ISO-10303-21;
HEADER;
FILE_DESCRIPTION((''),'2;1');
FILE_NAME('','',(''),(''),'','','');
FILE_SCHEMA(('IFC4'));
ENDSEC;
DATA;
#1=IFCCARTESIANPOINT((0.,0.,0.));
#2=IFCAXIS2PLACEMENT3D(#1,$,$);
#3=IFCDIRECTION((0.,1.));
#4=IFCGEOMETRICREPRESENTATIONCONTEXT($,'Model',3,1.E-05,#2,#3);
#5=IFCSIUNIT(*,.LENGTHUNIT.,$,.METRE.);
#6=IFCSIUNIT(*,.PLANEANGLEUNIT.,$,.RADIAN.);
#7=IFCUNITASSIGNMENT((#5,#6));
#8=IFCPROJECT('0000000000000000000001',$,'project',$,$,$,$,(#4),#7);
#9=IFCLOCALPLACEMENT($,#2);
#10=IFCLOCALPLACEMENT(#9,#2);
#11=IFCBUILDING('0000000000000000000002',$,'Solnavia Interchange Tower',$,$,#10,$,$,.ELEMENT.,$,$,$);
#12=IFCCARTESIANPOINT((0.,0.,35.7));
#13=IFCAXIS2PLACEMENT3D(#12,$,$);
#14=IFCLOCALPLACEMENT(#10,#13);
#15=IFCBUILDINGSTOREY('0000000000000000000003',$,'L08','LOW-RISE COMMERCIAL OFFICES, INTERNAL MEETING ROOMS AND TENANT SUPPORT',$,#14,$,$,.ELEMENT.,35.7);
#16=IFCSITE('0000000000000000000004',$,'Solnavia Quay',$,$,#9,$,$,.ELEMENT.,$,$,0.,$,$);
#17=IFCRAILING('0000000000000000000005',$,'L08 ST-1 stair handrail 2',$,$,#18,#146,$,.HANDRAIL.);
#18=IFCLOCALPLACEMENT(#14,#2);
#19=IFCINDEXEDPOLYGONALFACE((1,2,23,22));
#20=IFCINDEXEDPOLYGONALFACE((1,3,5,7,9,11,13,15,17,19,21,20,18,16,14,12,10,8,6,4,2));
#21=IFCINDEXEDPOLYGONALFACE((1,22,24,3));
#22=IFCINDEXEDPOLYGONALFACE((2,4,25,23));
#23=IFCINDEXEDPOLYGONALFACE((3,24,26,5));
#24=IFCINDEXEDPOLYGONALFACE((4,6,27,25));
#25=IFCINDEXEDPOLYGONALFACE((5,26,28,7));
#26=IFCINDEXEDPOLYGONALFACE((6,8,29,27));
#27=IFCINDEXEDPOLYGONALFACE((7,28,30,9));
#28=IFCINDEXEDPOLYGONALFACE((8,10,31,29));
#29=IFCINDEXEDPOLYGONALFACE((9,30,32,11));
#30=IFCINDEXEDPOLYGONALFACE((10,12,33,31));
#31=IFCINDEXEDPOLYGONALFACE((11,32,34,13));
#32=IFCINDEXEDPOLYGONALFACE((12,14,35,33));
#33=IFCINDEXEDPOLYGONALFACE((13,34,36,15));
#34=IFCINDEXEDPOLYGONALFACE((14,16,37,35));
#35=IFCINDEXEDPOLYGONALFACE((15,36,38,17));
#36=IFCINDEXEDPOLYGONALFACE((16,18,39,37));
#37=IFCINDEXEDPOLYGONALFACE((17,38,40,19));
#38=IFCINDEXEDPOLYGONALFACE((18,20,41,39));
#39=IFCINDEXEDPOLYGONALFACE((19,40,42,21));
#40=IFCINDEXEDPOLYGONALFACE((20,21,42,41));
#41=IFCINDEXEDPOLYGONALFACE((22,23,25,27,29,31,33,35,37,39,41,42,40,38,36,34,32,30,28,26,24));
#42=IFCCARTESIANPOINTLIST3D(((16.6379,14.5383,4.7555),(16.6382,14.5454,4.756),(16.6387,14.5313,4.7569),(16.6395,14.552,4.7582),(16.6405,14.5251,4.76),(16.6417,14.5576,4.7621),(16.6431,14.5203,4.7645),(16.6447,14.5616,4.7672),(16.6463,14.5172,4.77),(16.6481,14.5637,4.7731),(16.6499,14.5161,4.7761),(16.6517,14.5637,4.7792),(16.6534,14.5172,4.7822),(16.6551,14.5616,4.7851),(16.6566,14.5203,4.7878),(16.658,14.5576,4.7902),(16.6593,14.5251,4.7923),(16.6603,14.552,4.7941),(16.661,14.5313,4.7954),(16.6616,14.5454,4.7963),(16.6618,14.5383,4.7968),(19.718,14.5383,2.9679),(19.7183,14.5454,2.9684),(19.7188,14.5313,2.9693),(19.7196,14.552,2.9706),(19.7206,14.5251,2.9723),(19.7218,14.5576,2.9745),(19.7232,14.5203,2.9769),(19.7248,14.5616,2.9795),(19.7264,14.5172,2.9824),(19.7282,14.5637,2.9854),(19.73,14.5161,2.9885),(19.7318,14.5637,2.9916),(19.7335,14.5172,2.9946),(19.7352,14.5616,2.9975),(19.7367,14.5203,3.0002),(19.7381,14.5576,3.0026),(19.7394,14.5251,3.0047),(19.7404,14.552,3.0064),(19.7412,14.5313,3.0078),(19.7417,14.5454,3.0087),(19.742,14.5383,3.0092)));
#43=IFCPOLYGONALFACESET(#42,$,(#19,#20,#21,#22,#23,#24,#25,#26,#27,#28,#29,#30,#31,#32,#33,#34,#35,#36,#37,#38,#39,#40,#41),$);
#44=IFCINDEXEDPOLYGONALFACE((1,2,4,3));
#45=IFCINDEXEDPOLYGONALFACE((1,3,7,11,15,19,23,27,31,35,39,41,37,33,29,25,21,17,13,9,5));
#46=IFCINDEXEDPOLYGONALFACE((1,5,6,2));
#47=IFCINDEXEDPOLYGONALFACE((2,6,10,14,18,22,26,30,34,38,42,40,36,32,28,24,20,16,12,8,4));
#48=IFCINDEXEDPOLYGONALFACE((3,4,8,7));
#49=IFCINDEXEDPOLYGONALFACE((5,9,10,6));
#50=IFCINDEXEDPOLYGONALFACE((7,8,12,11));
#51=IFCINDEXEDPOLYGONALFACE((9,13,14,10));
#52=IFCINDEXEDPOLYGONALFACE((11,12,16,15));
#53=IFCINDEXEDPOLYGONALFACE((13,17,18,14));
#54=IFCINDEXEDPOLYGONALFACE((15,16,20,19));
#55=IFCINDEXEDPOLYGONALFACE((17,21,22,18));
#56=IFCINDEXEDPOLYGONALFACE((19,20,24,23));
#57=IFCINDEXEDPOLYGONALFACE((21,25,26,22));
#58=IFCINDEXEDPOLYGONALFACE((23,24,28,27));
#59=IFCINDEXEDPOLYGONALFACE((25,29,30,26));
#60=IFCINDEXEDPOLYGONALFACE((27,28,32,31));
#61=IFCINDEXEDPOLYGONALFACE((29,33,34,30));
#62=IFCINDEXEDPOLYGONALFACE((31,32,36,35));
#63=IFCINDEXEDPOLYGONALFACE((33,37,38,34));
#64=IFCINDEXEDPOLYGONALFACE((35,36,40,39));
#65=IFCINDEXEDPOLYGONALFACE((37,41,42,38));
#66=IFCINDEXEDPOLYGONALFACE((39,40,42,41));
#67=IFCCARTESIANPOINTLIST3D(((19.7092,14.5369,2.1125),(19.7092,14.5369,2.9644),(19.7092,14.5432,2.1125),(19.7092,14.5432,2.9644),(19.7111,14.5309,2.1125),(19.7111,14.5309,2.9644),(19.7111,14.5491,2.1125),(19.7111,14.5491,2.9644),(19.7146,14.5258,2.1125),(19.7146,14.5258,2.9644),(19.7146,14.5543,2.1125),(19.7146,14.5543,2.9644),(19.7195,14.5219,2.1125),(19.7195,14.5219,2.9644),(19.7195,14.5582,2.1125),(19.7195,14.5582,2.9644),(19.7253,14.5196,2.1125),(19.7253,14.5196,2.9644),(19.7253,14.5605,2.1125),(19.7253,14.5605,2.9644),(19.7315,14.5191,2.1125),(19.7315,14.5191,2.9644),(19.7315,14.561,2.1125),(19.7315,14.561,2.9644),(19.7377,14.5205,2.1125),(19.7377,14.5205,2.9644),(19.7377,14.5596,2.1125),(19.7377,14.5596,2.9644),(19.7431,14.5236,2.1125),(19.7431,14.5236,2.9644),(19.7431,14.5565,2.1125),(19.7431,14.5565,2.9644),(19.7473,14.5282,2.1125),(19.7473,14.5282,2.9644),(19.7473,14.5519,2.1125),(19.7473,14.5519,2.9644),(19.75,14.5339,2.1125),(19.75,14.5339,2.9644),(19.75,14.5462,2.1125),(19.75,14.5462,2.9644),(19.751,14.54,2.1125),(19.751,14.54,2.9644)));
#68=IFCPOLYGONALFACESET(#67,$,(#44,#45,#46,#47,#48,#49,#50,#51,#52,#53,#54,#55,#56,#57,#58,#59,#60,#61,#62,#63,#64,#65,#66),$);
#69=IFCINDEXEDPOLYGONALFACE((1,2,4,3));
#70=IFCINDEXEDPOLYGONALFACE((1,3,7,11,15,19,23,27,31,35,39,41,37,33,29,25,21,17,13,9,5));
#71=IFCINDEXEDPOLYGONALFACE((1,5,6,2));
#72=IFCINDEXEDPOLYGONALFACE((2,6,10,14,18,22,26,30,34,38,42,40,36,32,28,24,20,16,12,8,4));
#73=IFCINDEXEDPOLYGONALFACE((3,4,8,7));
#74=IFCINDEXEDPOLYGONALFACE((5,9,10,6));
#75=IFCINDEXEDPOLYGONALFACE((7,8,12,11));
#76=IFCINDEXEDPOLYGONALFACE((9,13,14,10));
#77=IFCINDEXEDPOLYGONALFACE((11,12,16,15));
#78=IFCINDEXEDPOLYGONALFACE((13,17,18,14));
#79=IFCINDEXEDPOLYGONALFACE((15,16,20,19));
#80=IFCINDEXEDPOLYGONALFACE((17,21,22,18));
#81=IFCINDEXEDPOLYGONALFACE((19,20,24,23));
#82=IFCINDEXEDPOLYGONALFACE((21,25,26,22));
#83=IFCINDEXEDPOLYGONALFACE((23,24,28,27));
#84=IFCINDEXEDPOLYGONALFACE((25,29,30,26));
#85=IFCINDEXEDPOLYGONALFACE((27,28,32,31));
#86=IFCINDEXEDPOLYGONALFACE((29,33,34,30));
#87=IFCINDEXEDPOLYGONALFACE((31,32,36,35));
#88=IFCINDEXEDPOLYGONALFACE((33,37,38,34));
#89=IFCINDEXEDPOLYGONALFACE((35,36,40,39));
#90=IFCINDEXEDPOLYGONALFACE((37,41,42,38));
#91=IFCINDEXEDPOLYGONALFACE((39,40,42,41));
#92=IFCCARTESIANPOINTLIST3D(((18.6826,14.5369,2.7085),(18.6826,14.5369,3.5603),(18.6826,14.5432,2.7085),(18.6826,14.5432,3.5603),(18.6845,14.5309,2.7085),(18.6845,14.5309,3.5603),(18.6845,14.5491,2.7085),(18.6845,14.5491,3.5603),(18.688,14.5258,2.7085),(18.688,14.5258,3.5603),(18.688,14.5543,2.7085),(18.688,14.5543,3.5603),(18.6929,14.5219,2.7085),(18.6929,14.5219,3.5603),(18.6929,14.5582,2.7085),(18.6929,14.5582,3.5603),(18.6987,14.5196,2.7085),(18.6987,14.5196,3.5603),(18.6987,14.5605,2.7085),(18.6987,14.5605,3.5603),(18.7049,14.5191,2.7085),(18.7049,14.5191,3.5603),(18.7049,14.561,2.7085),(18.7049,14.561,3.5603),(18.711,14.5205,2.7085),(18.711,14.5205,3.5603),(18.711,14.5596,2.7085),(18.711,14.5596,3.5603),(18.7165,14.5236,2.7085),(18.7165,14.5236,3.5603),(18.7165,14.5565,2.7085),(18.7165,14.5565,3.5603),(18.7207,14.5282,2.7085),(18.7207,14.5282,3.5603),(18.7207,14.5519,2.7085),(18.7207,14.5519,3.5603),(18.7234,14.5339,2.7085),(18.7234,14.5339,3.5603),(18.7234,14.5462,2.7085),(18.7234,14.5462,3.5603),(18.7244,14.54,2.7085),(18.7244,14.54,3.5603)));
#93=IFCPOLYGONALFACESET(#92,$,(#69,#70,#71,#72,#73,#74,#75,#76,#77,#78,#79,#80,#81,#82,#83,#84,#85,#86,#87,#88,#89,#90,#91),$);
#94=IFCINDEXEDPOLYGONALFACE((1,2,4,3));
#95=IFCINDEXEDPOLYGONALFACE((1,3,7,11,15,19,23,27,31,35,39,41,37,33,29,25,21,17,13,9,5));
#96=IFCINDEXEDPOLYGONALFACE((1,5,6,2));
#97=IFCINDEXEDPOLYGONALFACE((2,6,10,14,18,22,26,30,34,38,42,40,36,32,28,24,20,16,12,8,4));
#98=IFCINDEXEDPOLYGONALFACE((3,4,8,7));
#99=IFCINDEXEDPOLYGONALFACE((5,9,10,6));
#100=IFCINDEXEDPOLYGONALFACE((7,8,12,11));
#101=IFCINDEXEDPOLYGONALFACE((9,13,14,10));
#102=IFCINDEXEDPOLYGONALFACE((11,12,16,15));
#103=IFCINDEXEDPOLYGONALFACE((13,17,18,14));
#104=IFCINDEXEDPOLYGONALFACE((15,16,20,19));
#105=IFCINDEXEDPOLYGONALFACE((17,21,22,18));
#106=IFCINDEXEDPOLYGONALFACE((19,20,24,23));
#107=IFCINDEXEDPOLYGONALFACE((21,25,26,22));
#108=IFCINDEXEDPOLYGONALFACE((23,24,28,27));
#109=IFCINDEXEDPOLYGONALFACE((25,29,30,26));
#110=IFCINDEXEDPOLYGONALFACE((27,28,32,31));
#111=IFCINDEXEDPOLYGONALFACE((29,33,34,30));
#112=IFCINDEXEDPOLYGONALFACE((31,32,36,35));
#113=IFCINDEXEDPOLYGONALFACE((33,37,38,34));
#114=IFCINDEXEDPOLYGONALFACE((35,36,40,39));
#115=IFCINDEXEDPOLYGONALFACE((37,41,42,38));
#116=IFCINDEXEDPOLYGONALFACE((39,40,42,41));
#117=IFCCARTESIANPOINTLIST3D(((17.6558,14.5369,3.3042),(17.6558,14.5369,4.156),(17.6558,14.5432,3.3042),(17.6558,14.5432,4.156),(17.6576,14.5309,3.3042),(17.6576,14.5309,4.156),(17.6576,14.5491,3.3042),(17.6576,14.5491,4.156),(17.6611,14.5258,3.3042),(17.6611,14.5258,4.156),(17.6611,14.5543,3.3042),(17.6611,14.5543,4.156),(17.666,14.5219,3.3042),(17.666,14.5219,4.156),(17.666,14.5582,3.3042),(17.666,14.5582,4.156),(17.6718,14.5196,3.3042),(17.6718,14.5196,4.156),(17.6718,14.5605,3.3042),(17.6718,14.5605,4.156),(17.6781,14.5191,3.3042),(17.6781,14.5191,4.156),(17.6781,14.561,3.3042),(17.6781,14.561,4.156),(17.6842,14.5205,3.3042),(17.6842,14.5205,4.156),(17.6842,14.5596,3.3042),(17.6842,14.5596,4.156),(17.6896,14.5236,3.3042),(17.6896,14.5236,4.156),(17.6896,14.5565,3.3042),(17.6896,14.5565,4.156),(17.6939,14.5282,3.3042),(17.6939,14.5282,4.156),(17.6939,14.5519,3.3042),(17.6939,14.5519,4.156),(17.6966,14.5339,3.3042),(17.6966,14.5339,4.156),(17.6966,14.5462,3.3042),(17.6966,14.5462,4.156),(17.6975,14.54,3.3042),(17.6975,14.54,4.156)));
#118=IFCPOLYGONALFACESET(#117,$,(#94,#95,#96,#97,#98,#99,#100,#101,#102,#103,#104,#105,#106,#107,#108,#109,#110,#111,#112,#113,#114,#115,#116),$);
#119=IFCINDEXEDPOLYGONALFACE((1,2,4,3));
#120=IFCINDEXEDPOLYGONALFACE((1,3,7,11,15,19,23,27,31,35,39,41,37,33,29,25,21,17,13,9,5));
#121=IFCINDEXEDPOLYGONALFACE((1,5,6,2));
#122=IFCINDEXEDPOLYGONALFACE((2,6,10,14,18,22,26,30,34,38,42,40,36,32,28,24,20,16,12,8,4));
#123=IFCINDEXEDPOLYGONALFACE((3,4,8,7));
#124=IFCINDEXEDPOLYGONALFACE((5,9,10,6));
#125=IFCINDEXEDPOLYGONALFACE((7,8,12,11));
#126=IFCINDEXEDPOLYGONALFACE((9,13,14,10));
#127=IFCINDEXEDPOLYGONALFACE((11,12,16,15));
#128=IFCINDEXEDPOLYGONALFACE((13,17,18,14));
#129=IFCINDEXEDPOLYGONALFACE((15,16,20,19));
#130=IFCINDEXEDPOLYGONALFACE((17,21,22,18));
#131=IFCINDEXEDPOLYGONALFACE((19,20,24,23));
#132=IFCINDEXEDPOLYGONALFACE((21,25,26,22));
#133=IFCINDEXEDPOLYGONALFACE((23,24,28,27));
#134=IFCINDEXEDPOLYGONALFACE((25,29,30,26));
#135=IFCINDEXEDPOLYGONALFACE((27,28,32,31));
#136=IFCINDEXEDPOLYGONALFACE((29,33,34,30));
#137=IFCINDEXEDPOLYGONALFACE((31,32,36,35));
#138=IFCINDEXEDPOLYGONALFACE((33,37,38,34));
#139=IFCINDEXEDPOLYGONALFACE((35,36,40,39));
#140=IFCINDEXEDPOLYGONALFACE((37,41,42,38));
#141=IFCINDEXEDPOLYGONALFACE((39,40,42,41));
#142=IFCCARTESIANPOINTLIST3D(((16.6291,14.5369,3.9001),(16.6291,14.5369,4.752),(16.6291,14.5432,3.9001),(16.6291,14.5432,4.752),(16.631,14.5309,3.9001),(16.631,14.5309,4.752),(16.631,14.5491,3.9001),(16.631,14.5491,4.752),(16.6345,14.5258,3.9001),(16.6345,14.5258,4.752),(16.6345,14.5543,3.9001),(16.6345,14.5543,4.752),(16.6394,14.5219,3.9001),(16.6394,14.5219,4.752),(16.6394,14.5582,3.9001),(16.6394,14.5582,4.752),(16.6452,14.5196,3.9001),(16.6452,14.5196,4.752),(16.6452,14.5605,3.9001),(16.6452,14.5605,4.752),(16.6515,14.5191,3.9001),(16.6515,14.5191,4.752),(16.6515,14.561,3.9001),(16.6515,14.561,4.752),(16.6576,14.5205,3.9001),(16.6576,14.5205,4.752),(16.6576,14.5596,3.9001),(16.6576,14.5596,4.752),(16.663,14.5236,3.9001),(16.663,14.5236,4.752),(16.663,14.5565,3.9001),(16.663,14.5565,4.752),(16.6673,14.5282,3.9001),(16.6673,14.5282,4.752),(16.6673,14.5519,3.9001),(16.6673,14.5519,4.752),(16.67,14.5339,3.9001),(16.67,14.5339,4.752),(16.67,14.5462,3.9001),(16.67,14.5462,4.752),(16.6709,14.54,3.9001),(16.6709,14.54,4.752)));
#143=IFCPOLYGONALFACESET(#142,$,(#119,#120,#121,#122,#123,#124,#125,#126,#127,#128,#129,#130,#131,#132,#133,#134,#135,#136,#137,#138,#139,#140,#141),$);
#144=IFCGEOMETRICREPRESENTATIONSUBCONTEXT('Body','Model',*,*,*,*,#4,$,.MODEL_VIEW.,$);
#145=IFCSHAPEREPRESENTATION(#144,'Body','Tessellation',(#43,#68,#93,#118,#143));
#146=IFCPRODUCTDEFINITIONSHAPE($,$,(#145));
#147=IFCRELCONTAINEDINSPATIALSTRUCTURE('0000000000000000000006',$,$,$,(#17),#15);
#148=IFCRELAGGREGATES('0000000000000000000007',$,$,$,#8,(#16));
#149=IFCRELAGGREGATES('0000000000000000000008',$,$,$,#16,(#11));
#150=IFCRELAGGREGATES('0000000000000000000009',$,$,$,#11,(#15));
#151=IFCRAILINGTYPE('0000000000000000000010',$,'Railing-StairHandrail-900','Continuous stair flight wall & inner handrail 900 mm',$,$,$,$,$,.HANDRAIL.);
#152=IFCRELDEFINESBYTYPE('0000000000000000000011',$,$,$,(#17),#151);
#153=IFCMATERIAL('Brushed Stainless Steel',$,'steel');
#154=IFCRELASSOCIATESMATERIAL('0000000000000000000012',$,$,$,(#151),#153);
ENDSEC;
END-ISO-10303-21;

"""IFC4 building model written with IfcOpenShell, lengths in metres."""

from ifc_helpers import new_model, si_unit, direction, frame, origin, origin_2d, place, context, subcontext, project, spatial, circle, extrude, material, type_object, element, save


model = new_model("IFC4")

# Units and contexts
model_context = context("Model", 3, precision=1e-05, world=origin(), true_north=direction((0.0, 1.0)))
body_context = subcontext(model_context, "Body", "Model", "MODEL_VIEW")
ifc_project = project(units=[si_unit("LENGTHUNIT", "METRE"), si_unit("PLANEANGLEUNIT", "RADIAN")], contexts=[model_context])

# Site, building, storey
site_placement = place(None, origin())
site = spatial("IfcSite", under=ifc_project, at=site_placement, Name="Solnavia Quay", CompositionType="ELEMENT", RefElevation=0.0)
building_placement = place(site_placement, origin())
building = spatial("IfcBuilding", under=site, at=building_placement, Name="Solnavia Interchange Tower", CompositionType="ELEMENT")
storey_placement = place(building_placement, frame((0.0, 0.0, 35.7)))
storey = spatial("IfcBuildingStorey", under=building, at=storey_placement, Name="L08", Description="LOW-RISE COMMERCIAL OFFICES, INTERNAL MEETING ROOMS AND TENANT SUPPORT", CompositionType="ELEMENT", Elevation=35.7)

# Railing
ifc_material_1 = material(Name="Brushed Stainless Steel", Category="steel")
railing_type_1 = type_object("IfcRailingType", Name="Railing-StairHandrail-900", Description="Continuous stair flight wall & inner handrail 900 mm", PredefinedType="HANDRAIL", material=ifc_material_1)
railing_1_placement = place(storey_placement, frame((19.73, 14.54, 2.1125)))
element("IfcRailing", 1, at=railing_1_placement, inside=storey, type_object=railing_type_1, Name="L08 ST-1 stair handrail 2", PredefinedType="HANDRAIL", context=body_context, shape_type="SweptSolid", body=[
    extrude(circle(Radius=0.0239, at=origin_2d()), frame((0.0, 0.0, 0.876), z_axis=(-0.864891, 0.0, 0.50196), x_axis=(0.0, -1.0, 0.0)), (0.0, 0.0, 1.0), 3.5613),
    extrude(circle(Radius=0.021, at=origin_2d()), origin(), (0.0, 0.0, 1.0), 0.8518),
    extrude(circle(Radius=0.021, at=origin_2d()), frame((-1.0266, 0.0, 0.5959)), (0.0, 0.0, 1.0), 0.8518),
    extrude(circle(Radius=0.021, at=origin_2d()), frame((-2.0535, 0.0, 1.1917)), (0.0, 0.0, 1.0), 0.8518),
    extrude(circle(Radius=0.021, at=origin_2d()), frame((-3.0801, 0.0, 1.7876)), (0.0, 0.0, 1.0), 0.8518),
])

save(model, "model.ifc")
